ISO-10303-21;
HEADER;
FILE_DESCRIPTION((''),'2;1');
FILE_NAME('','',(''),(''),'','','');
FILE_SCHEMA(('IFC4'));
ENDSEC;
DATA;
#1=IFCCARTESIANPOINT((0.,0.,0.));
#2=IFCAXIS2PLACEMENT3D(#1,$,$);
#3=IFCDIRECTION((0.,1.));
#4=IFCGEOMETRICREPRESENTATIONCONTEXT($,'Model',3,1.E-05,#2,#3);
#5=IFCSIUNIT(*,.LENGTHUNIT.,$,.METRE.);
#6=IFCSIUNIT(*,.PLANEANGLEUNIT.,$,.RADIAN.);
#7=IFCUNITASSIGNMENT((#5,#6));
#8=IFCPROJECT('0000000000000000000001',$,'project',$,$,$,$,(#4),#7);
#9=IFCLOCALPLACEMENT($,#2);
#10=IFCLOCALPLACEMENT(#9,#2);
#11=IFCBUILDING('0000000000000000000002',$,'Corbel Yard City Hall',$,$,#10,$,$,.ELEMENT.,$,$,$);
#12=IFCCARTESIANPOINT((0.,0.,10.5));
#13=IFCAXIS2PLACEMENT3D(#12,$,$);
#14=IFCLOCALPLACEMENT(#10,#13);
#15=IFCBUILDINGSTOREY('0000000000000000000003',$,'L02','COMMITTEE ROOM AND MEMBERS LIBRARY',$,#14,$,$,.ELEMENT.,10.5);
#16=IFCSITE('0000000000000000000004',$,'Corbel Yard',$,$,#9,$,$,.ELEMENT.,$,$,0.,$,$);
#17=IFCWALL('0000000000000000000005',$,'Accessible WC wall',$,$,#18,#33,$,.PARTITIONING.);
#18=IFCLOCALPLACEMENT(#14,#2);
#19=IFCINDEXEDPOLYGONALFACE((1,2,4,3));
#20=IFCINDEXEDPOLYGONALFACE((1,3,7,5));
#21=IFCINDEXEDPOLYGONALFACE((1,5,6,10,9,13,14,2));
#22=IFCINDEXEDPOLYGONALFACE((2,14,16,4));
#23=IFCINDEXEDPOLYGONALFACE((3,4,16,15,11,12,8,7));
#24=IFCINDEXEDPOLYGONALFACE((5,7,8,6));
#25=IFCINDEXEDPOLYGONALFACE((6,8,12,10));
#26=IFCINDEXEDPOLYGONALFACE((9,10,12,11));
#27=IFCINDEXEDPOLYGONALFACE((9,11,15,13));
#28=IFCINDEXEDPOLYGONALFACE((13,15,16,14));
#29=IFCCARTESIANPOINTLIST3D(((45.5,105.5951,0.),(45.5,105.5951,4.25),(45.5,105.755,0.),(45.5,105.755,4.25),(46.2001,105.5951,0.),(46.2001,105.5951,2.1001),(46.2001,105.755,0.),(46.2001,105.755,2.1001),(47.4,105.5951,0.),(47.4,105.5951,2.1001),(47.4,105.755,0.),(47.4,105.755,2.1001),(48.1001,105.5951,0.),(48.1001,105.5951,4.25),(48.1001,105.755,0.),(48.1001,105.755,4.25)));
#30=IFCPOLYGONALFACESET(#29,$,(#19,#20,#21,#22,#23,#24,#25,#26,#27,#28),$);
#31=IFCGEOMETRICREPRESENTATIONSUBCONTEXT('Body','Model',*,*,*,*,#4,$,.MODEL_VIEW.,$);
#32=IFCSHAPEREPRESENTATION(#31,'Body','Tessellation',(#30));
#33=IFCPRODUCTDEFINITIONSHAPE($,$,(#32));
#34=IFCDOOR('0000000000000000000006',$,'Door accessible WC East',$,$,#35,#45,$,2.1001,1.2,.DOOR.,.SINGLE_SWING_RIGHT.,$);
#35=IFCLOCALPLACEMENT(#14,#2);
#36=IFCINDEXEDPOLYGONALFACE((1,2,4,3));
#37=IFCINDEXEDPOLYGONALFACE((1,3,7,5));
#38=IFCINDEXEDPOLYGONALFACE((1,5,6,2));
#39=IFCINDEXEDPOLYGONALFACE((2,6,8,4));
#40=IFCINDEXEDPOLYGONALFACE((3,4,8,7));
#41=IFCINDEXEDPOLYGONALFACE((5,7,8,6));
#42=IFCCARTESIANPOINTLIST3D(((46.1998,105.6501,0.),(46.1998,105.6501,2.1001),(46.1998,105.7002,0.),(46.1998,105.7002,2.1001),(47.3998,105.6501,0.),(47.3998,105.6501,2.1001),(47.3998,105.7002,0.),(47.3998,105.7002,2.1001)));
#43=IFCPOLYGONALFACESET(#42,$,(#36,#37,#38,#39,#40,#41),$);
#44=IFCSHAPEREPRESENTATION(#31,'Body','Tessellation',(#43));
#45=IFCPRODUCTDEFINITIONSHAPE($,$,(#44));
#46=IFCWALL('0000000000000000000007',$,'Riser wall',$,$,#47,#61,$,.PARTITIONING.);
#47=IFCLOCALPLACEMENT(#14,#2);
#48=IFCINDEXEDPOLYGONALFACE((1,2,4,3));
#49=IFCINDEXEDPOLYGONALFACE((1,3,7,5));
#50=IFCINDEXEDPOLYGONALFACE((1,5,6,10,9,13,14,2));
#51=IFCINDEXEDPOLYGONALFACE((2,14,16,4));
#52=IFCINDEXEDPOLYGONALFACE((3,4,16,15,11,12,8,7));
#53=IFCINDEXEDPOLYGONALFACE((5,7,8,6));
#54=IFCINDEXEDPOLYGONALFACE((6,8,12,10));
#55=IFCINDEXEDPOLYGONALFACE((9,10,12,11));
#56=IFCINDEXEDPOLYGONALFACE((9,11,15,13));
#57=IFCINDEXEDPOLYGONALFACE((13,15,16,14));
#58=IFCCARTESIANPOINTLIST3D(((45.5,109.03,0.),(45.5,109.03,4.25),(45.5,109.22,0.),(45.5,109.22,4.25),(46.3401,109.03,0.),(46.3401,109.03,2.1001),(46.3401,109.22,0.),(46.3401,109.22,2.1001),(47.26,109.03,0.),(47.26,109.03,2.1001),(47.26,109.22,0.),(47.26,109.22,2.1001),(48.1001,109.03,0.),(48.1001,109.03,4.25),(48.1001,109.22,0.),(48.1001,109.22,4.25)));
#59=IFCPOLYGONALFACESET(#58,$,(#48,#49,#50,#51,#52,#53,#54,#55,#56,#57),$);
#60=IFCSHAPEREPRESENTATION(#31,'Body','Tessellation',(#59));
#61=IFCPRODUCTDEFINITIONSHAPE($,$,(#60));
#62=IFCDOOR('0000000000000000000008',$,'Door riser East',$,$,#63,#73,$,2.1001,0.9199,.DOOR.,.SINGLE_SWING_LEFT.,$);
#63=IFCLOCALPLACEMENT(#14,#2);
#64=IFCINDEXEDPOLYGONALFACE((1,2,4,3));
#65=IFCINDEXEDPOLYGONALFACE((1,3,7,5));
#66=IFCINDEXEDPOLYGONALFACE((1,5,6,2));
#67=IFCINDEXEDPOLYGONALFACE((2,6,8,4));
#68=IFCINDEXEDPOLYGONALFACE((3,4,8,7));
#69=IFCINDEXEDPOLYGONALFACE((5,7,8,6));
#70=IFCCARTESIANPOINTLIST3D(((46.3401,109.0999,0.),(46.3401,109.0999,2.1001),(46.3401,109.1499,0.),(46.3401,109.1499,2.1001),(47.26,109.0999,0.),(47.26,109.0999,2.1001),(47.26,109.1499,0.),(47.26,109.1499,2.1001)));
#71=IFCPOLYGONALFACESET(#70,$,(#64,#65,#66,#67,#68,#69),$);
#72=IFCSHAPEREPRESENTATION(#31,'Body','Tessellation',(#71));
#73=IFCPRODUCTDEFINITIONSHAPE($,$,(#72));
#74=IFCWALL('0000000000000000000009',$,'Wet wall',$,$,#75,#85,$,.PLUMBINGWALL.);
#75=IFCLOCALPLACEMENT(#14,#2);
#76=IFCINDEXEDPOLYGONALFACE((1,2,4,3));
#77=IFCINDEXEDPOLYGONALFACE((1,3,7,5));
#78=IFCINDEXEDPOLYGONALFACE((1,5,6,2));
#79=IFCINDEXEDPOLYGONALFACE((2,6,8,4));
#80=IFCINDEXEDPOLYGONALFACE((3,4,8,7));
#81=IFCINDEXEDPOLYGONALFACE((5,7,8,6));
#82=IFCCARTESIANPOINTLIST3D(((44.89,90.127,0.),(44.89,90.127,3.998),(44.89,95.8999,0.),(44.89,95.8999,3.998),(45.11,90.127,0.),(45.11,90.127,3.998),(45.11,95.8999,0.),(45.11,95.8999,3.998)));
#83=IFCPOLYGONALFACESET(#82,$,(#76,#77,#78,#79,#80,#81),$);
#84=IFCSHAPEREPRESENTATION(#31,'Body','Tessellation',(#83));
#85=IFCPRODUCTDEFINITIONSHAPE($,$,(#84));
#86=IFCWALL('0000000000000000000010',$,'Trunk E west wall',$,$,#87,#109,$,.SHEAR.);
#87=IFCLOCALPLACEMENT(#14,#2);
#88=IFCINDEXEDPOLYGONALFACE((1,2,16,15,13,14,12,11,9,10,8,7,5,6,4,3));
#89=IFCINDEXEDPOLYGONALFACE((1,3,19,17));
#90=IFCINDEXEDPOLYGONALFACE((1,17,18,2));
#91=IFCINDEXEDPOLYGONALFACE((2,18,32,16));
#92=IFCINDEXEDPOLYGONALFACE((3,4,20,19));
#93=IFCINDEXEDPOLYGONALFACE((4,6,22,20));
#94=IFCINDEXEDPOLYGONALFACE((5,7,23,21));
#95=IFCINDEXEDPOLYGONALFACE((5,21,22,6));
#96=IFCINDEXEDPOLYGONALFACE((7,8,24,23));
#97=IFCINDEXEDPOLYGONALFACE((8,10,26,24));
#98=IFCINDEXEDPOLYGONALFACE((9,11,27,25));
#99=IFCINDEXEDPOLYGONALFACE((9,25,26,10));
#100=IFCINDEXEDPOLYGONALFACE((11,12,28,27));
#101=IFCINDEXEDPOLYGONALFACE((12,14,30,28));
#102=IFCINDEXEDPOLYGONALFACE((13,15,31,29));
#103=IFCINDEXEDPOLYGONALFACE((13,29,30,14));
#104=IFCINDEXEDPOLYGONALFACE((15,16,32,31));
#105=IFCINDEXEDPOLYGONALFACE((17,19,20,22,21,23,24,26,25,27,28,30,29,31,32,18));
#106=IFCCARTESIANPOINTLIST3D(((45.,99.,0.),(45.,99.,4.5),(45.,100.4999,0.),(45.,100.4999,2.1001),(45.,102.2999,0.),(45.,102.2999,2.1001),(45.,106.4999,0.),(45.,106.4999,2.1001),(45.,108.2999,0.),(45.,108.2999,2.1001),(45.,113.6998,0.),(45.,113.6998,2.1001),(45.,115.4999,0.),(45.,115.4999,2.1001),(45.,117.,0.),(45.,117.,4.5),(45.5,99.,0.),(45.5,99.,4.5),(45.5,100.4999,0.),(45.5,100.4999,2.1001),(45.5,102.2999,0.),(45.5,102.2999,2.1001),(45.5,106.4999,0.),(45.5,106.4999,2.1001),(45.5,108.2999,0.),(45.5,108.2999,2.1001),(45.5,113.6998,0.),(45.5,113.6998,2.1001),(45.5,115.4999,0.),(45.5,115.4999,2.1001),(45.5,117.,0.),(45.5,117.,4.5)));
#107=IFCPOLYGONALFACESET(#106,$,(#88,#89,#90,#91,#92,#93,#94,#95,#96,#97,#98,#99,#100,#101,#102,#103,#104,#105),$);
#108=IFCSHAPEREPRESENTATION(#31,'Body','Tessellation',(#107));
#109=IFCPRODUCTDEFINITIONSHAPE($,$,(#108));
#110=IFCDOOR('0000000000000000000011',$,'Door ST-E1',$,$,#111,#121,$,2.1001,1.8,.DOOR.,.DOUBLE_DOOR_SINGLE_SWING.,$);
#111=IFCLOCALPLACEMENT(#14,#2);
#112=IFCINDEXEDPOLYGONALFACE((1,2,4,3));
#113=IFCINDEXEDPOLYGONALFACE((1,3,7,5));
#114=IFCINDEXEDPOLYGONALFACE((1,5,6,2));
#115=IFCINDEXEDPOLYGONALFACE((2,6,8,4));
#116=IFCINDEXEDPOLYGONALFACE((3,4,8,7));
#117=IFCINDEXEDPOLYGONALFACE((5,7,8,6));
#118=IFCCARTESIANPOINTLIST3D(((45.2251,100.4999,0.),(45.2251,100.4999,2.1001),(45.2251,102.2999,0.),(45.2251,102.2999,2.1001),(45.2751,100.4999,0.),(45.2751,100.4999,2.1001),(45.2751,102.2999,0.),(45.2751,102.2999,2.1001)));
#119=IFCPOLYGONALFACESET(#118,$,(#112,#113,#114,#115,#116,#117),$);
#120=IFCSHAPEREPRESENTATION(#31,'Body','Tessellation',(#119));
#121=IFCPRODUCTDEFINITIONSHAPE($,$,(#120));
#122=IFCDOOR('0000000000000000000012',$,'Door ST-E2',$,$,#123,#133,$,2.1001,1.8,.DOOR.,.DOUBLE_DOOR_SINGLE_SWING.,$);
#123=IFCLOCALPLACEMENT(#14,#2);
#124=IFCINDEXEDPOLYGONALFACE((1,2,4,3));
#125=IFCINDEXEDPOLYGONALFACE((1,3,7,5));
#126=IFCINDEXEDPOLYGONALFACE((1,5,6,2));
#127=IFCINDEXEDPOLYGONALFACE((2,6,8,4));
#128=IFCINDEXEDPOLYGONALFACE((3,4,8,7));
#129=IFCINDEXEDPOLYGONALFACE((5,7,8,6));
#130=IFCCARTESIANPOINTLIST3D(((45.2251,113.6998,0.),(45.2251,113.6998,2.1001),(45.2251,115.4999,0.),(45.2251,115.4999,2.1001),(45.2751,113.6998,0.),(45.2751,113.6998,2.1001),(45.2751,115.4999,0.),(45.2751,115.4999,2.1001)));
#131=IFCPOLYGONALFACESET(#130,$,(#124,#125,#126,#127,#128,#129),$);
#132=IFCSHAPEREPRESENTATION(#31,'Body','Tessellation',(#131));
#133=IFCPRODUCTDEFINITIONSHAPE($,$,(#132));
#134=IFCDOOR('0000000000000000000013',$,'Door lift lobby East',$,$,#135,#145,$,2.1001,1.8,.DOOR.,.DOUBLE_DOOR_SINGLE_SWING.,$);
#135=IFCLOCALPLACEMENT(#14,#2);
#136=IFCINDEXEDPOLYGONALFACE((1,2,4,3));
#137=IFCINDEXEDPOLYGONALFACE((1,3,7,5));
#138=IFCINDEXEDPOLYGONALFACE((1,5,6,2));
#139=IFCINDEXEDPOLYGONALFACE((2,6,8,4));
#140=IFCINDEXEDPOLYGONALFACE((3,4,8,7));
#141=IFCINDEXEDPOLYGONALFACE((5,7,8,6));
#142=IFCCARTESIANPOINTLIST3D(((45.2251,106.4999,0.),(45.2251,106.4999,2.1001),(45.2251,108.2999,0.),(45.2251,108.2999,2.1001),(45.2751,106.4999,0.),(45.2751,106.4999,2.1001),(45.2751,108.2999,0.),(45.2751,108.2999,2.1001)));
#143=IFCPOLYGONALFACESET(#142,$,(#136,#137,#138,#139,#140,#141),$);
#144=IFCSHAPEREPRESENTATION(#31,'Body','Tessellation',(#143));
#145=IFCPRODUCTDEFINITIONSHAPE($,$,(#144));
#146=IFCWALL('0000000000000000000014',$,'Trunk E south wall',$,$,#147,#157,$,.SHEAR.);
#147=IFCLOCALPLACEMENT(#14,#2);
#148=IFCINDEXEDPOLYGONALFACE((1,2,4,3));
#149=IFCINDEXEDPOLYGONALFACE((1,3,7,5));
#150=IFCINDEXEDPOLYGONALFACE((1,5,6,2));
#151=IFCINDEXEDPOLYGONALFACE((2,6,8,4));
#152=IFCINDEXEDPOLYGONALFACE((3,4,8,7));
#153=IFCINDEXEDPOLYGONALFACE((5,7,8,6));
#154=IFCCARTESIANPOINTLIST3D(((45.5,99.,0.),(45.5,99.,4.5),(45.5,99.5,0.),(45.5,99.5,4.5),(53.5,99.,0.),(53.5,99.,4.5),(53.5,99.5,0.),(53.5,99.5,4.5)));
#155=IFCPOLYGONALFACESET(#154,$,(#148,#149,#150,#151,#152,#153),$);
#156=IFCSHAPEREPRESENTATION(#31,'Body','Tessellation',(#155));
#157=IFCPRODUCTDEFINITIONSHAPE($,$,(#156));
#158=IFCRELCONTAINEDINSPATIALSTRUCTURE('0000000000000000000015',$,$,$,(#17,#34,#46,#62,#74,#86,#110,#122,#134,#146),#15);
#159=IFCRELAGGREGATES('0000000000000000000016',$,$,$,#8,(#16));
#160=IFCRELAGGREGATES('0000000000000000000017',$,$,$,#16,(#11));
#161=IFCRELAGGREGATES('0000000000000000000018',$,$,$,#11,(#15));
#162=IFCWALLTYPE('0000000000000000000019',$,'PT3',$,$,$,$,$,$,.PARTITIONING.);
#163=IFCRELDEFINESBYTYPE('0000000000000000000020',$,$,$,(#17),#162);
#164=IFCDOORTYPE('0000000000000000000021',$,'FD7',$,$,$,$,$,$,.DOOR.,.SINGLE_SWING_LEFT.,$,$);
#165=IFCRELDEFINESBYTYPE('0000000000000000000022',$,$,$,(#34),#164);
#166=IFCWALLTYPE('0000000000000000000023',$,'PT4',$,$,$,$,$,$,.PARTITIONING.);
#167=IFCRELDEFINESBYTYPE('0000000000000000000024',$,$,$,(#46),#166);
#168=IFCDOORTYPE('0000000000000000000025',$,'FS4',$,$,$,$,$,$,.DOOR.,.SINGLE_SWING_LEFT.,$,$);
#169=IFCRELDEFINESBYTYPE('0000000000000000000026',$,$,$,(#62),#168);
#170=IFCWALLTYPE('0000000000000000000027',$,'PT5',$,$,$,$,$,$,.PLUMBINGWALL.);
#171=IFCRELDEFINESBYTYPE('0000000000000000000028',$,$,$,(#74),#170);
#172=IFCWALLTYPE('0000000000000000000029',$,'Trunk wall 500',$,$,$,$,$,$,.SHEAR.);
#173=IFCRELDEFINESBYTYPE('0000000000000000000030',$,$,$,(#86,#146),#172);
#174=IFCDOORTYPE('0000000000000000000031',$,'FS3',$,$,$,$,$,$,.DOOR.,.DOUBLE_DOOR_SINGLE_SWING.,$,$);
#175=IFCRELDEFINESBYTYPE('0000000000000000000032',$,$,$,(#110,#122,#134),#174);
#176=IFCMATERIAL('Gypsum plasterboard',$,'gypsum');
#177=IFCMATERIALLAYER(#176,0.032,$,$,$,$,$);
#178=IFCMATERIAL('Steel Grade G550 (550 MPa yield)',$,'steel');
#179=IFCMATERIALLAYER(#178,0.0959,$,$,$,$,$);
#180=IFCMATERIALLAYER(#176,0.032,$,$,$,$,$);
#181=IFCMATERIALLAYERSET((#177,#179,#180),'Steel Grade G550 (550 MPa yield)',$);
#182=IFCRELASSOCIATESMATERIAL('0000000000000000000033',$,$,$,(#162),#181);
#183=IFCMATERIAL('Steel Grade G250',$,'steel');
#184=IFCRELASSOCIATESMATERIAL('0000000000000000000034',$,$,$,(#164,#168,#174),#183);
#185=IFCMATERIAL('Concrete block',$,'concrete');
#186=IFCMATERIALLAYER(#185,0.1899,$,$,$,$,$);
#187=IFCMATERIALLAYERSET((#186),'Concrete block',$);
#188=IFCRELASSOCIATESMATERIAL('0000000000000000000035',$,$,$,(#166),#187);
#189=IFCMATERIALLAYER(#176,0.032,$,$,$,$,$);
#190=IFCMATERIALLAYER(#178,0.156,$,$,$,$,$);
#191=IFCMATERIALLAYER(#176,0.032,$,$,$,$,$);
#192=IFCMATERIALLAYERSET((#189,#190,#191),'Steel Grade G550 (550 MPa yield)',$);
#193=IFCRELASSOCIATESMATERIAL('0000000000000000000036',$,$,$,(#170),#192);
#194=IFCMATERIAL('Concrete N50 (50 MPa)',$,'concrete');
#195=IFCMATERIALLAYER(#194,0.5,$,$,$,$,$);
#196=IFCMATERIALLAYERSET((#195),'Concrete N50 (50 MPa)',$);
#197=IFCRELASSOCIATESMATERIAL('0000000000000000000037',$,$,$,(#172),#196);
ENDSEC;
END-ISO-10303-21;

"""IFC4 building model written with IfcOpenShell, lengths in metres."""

from ifc_helpers import new_model, si_unit, direction, frame, frame_2d, origin, place, context, subcontext, project, spatial, rectangle, extrude, material, layer, layer_set, type_object, element, fill, save


model = new_model("IFC4")

# Units and contexts
model_context = context("Model", 3, precision=1e-05, world=origin(), true_north=direction((0.0, 1.0)))
body_context = subcontext(model_context, "Body", "Model", "MODEL_VIEW")
ifc_project = project(units=[si_unit("LENGTHUNIT", "METRE"), si_unit("PLANEANGLEUNIT", "RADIAN")], contexts=[model_context])

# Site, building, storey
site_placement = place(None, origin())
site = spatial("IfcSite", under=ifc_project, at=site_placement, Name="Corbel Yard", CompositionType="ELEMENT", RefElevation=0.0)
building_placement = place(site_placement, origin())
building = spatial("IfcBuilding", under=site, at=building_placement, Name="Corbel Yard City Hall", CompositionType="ELEMENT")
storey_placement = place(building_placement, frame((0.0, 0.0, 10.5)))
storey = spatial("IfcBuildingStorey", under=building, at=storey_placement, Name="L02", Description="COMMITTEE ROOM AND MEMBERS LIBRARY", CompositionType="ELEMENT", Elevation=10.5)

# Walls, openings, doors
ifc_material_1 = material(Name="Gypsum plasterboard", Category="gypsum")
ifc_layer_1 = layer(ifc_material_1, 0.032)
ifc_material_2 = material(Name="Steel Grade G550 (550 MPa yield)", Category="steel")
ifc_layer_2 = layer(ifc_material_2, 0.0959)
ifc_layer_3 = layer(ifc_material_1, 0.032)
ifc_layer_set_1 = layer_set([ifc_layer_1, ifc_layer_2, ifc_layer_3], Name="Steel Grade G550 (550 MPa yield)")
wall_type_1 = type_object("IfcWallType", Name="PT3", PredefinedType="PARTITIONING", material=ifc_layer_set_1)
wall_1_placement = place(storey_placement, frame((45.5, 105.675, 0.0), z_axis=(0.0, 0.0, 1.0), x_axis=(1.0, 0.0, 0.0)))
wall_1 = element("IfcWall", 1, at=wall_1_placement, inside=storey, type_object=wall_type_1, Name="Accessible WC wall", PredefinedType="PARTITIONING", context=body_context, shape_type="SweptSolid", body=[
    extrude(rectangle(XDim=2.6001, YDim=0.1599, at=frame_2d((1.3, 0.0))), origin(), (0.0, 0.0, 1.0), 4.25),
])
opening_1_placement = place(wall_1_placement, frame((0.7, 0.0, 0.0)))
opening_1 = element("IfcOpeningElement", 2, at=opening_1_placement, cuts=wall_1, PredefinedType="OPENING", context=body_context, shape_type="SweptSolid", body=[
    extrude(rectangle(XDim=1.2, YDim=2.1001, at=frame_2d((0.6001, 1.05))), frame((0.0, 0.0898, 0.0), z_axis=(0.0, -1.0, 0.0), x_axis=(1.0, 0.0, 0.0)), (0.0, 0.0, 1.0), 0.1799),
])
ifc_material_3 = material(Name="Steel Grade G250", Category="steel")
door_type_1 = type_object("IfcDoorType", Name="FD7", OperationType="SINGLE_SWING_LEFT", PredefinedType="DOOR", material=ifc_material_3)
door_1_placement = place(opening_1_placement, frame((1.2, 0.0, 0.0), z_axis=(0.0, 0.0, 1.0), x_axis=(-1.0, 0.0, 0.0)))
door_1 = element("IfcDoor", 3, at=door_1_placement, inside=storey, type_object=door_type_1, Name="Door accessible WC East", OperationType="SINGLE_SWING_RIGHT", OverallHeight=2.1001, OverallWidth=1.2, PredefinedType="DOOR", context=body_context, shape_type="SweptSolid", body=[
    extrude(rectangle(XDim=1.2, YDim=2.1001, at=frame_2d((0.6001, 1.05))), frame((0.0, 0.0249, 0.0), z_axis=(0.0, -1.0, 0.0), x_axis=(1.0, 0.0, 0.0)), (0.0, 0.0, 1.0), 0.05),
])
fill(opening_1, door_1)
ifc_material_4 = material(Name="Concrete block", Category="concrete")
ifc_layer_4 = layer(ifc_material_4, 0.1899)
ifc_layer_set_2 = layer_set([ifc_layer_4], Name="Concrete block")
wall_type_2 = type_object("IfcWallType", Name="PT4", PredefinedType="PARTITIONING", material=ifc_layer_set_2)
wall_2_placement = place(storey_placement, frame((45.5, 109.125, 0.0), z_axis=(0.0, 0.0, 1.0), x_axis=(1.0, 0.0, 0.0)))
wall_2 = element("IfcWall", 4, at=wall_2_placement, inside=storey, type_object=wall_type_2, Name="Riser wall", PredefinedType="PARTITIONING", context=body_context, shape_type="SweptSolid", body=[
    extrude(rectangle(XDim=2.6001, YDim=0.1899, at=frame_2d((1.3, 0.0))), origin(), (0.0, 0.0, 1.0), 4.25),
])
opening_2_placement = place(wall_2_placement, frame((0.8401, 0.0, 0.0)))
opening_2 = element("IfcOpeningElement", 5, at=opening_2_placement, cuts=wall_2, PredefinedType="OPENING", context=body_context, shape_type="SweptSolid", body=[
    extrude(rectangle(XDim=0.9199, YDim=2.1001, at=frame_2d((0.46, 1.05))), frame((0.0, 0.105, 0.0), z_axis=(0.0, -1.0, 0.0), x_axis=(1.0, 0.0, 0.0)), (0.0, 0.0, 1.0), 0.21),
])
door_type_2 = type_object("IfcDoorType", Name="FS4", OperationType="SINGLE_SWING_LEFT", PredefinedType="DOOR", material=ifc_material_3)
door_2_placement = place(opening_2_placement, origin())
door_2 = element("IfcDoor", 6, at=door_2_placement, inside=storey, type_object=door_type_2, Name="Door riser East", OperationType="SINGLE_SWING_LEFT", OverallHeight=2.1001, OverallWidth=0.9199, PredefinedType="DOOR", context=body_context, shape_type="SweptSolid", body=[
    extrude(rectangle(XDim=0.9199, YDim=2.1001, at=frame_2d((0.46, 1.05))), frame((0.0, 0.0249, 0.0), z_axis=(0.0, -1.0, 0.0), x_axis=(1.0, 0.0, 0.0)), (0.0, 0.0, 1.0), 0.05),
])
fill(opening_2, door_2)

# Wall
ifc_layer_5 = layer(ifc_material_1, 0.032)
ifc_layer_6 = layer(ifc_material_2, 0.156)
ifc_layer_7 = layer(ifc_material_1, 0.032)
ifc_layer_set_3 = layer_set([ifc_layer_5, ifc_layer_6, ifc_layer_7], Name="Steel Grade G550 (550 MPa yield)")
wall_type_3 = type_object("IfcWallType", Name="PT5", PredefinedType="PLUMBINGWALL", material=ifc_layer_set_3)
wall_3_placement = place(storey_placement, frame((45.0, 90.127, 0.0), z_axis=(0.0, 0.0, 1.0), x_axis=(0.0, 1.0, 0.0)))
element("IfcWall", 7, at=wall_3_placement, inside=storey, type_object=wall_type_3, Name="Wet wall", PredefinedType="PLUMBINGWALL", context=body_context, shape_type="SweptSolid", body=[
    extrude(rectangle(XDim=5.7729, YDim=0.22, at=frame_2d((2.8865, 0.0))), origin(), (0.0, 0.0, 1.0), 3.998),
])

# Wall, openings, doors
ifc_material_5 = material(Name="Concrete N50 (50 MPa)", Category="concrete")
ifc_layer_8 = layer(ifc_material_5, 0.5)
ifc_layer_set_4 = layer_set([ifc_layer_8], Name="Concrete N50 (50 MPa)")
wall_type_4 = type_object("IfcWallType", Name="Trunk wall 500", PredefinedType="SHEAR", material=ifc_layer_set_4)
wall_4_placement = place(storey_placement, frame((45.25, 99.0, 0.0), z_axis=(0.0, 0.0, 1.0), x_axis=(0.0, 1.0, 0.0)))
wall_4 = element("IfcWall", 8, at=wall_4_placement, inside=storey, type_object=wall_type_4, Name="Trunk E west wall", PredefinedType="SHEAR", context=body_context, shape_type="SweptSolid", body=[
    extrude(rectangle(XDim=18.0, YDim=0.5, at=frame_2d((9.0, 0.0))), origin(), (0.0, 0.0, 1.0), 4.5),
])
opening_3_placement = place(wall_4_placement, frame((1.5, 0.0, 0.0)))
opening_3 = element("IfcOpeningElement", 9, at=opening_3_placement, cuts=wall_4, PredefinedType="OPENING", context=body_context, shape_type="SweptSolid", body=[
    extrude(rectangle(XDim=1.8, YDim=2.1001, at=frame_2d((0.8999, 1.05))), frame((0.0, 0.26, 0.0), z_axis=(0.0, -1.0, 0.0), x_axis=(1.0, 0.0, 0.0)), (0.0, 0.0, 1.0), 0.52),
])
opening_4_placement = place(wall_4_placement, frame((14.7, 0.0, 0.0)))
opening_4 = element("IfcOpeningElement", 10, at=opening_4_placement, cuts=wall_4, PredefinedType="OPENING", context=body_context, shape_type="SweptSolid", body=[
    extrude(rectangle(XDim=1.8, YDim=2.1001, at=frame_2d((0.8999, 1.05))), frame((0.0, 0.26, 0.0), z_axis=(0.0, -1.0, 0.0), x_axis=(1.0, 0.0, 0.0)), (0.0, 0.0, 1.0), 0.52),
])
opening_5_placement = place(wall_4_placement, frame((7.5, 0.0, 0.0)))
opening_5 = element("IfcOpeningElement", 11, at=opening_5_placement, cuts=wall_4, PredefinedType="OPENING", context=body_context, shape_type="SweptSolid", body=[
    extrude(rectangle(XDim=1.8, YDim=2.1001, at=frame_2d((0.8999, 1.05))), frame((0.0, 0.26, 0.0), z_axis=(0.0, -1.0, 0.0), x_axis=(1.0, 0.0, 0.0)), (0.0, 0.0, 1.0), 0.52),
])
door_type_3 = type_object("IfcDoorType", Name="FS3", OperationType="DOUBLE_DOOR_SINGLE_SWING", PredefinedType="DOOR", material=ifc_material_3)
door_3_placement = place(opening_3_placement, origin())
door_3 = element("IfcDoor", 12, at=door_3_placement, inside=storey, type_object=door_type_3, Name="Door ST-E1", OperationType="DOUBLE_DOOR_SINGLE_SWING", OverallHeight=2.1001, OverallWidth=1.8, PredefinedType="DOOR", context=body_context, shape_type="SweptSolid", body=[
    extrude(rectangle(XDim=1.8, YDim=2.1001, at=frame_2d((0.8999, 1.05))), frame((0.0, 0.0249, 0.0), z_axis=(0.0, -1.0, 0.0), x_axis=(1.0, 0.0, 0.0)), (0.0, 0.0, 1.0), 0.05),
])
fill(opening_3, door_3)
door_4_placement = place(opening_4_placement, origin())
door_4 = element("IfcDoor", 13, at=door_4_placement, inside=storey, type_object=door_type_3, Name="Door ST-E2", OperationType="DOUBLE_DOOR_SINGLE_SWING", OverallHeight=2.1001, OverallWidth=1.8, PredefinedType="DOOR", context=body_context, shape_type="SweptSolid", body=[
    extrude(rectangle(XDim=1.8, YDim=2.1001, at=frame_2d((0.8999, 1.05))), frame((0.0, 0.0249, 0.0), z_axis=(0.0, -1.0, 0.0), x_axis=(1.0, 0.0, 0.0)), (0.0, 0.0, 1.0), 0.05),
])
fill(opening_4, door_4)
door_5_placement = place(opening_5_placement, origin())
door_5 = element("IfcDoor", 14, at=door_5_placement, inside=storey, type_object=door_type_3, Name="Door lift lobby East", OperationType="DOUBLE_DOOR_SINGLE_SWING", OverallHeight=2.1001, OverallWidth=1.8, PredefinedType="DOOR", context=body_context, shape_type="SweptSolid", body=[
    extrude(rectangle(XDim=1.8, YDim=2.1001, at=frame_2d((0.8999, 1.05))), frame((0.0, 0.0249, 0.0), z_axis=(0.0, -1.0, 0.0), x_axis=(1.0, 0.0, 0.0)), (0.0, 0.0, 1.0), 0.05),
])
fill(opening_5, door_5)

# Wall
wall_5_placement = place(storey_placement, frame((45.5, 99.25, 0.0), z_axis=(0.0, 0.0, 1.0), x_axis=(1.0, 0.0, 0.0)))
element("IfcWall", 15, at=wall_5_placement, inside=storey, type_object=wall_type_4, Name="Trunk E south wall", PredefinedType="SHEAR", context=body_context, shape_type="SweptSolid", body=[
    extrude(rectangle(XDim=8.0, YDim=0.5, at=frame_2d((4.0, 0.0))), origin(), (0.0, 0.0, 1.0), 4.5),
])

save(model, "model.ifc")
